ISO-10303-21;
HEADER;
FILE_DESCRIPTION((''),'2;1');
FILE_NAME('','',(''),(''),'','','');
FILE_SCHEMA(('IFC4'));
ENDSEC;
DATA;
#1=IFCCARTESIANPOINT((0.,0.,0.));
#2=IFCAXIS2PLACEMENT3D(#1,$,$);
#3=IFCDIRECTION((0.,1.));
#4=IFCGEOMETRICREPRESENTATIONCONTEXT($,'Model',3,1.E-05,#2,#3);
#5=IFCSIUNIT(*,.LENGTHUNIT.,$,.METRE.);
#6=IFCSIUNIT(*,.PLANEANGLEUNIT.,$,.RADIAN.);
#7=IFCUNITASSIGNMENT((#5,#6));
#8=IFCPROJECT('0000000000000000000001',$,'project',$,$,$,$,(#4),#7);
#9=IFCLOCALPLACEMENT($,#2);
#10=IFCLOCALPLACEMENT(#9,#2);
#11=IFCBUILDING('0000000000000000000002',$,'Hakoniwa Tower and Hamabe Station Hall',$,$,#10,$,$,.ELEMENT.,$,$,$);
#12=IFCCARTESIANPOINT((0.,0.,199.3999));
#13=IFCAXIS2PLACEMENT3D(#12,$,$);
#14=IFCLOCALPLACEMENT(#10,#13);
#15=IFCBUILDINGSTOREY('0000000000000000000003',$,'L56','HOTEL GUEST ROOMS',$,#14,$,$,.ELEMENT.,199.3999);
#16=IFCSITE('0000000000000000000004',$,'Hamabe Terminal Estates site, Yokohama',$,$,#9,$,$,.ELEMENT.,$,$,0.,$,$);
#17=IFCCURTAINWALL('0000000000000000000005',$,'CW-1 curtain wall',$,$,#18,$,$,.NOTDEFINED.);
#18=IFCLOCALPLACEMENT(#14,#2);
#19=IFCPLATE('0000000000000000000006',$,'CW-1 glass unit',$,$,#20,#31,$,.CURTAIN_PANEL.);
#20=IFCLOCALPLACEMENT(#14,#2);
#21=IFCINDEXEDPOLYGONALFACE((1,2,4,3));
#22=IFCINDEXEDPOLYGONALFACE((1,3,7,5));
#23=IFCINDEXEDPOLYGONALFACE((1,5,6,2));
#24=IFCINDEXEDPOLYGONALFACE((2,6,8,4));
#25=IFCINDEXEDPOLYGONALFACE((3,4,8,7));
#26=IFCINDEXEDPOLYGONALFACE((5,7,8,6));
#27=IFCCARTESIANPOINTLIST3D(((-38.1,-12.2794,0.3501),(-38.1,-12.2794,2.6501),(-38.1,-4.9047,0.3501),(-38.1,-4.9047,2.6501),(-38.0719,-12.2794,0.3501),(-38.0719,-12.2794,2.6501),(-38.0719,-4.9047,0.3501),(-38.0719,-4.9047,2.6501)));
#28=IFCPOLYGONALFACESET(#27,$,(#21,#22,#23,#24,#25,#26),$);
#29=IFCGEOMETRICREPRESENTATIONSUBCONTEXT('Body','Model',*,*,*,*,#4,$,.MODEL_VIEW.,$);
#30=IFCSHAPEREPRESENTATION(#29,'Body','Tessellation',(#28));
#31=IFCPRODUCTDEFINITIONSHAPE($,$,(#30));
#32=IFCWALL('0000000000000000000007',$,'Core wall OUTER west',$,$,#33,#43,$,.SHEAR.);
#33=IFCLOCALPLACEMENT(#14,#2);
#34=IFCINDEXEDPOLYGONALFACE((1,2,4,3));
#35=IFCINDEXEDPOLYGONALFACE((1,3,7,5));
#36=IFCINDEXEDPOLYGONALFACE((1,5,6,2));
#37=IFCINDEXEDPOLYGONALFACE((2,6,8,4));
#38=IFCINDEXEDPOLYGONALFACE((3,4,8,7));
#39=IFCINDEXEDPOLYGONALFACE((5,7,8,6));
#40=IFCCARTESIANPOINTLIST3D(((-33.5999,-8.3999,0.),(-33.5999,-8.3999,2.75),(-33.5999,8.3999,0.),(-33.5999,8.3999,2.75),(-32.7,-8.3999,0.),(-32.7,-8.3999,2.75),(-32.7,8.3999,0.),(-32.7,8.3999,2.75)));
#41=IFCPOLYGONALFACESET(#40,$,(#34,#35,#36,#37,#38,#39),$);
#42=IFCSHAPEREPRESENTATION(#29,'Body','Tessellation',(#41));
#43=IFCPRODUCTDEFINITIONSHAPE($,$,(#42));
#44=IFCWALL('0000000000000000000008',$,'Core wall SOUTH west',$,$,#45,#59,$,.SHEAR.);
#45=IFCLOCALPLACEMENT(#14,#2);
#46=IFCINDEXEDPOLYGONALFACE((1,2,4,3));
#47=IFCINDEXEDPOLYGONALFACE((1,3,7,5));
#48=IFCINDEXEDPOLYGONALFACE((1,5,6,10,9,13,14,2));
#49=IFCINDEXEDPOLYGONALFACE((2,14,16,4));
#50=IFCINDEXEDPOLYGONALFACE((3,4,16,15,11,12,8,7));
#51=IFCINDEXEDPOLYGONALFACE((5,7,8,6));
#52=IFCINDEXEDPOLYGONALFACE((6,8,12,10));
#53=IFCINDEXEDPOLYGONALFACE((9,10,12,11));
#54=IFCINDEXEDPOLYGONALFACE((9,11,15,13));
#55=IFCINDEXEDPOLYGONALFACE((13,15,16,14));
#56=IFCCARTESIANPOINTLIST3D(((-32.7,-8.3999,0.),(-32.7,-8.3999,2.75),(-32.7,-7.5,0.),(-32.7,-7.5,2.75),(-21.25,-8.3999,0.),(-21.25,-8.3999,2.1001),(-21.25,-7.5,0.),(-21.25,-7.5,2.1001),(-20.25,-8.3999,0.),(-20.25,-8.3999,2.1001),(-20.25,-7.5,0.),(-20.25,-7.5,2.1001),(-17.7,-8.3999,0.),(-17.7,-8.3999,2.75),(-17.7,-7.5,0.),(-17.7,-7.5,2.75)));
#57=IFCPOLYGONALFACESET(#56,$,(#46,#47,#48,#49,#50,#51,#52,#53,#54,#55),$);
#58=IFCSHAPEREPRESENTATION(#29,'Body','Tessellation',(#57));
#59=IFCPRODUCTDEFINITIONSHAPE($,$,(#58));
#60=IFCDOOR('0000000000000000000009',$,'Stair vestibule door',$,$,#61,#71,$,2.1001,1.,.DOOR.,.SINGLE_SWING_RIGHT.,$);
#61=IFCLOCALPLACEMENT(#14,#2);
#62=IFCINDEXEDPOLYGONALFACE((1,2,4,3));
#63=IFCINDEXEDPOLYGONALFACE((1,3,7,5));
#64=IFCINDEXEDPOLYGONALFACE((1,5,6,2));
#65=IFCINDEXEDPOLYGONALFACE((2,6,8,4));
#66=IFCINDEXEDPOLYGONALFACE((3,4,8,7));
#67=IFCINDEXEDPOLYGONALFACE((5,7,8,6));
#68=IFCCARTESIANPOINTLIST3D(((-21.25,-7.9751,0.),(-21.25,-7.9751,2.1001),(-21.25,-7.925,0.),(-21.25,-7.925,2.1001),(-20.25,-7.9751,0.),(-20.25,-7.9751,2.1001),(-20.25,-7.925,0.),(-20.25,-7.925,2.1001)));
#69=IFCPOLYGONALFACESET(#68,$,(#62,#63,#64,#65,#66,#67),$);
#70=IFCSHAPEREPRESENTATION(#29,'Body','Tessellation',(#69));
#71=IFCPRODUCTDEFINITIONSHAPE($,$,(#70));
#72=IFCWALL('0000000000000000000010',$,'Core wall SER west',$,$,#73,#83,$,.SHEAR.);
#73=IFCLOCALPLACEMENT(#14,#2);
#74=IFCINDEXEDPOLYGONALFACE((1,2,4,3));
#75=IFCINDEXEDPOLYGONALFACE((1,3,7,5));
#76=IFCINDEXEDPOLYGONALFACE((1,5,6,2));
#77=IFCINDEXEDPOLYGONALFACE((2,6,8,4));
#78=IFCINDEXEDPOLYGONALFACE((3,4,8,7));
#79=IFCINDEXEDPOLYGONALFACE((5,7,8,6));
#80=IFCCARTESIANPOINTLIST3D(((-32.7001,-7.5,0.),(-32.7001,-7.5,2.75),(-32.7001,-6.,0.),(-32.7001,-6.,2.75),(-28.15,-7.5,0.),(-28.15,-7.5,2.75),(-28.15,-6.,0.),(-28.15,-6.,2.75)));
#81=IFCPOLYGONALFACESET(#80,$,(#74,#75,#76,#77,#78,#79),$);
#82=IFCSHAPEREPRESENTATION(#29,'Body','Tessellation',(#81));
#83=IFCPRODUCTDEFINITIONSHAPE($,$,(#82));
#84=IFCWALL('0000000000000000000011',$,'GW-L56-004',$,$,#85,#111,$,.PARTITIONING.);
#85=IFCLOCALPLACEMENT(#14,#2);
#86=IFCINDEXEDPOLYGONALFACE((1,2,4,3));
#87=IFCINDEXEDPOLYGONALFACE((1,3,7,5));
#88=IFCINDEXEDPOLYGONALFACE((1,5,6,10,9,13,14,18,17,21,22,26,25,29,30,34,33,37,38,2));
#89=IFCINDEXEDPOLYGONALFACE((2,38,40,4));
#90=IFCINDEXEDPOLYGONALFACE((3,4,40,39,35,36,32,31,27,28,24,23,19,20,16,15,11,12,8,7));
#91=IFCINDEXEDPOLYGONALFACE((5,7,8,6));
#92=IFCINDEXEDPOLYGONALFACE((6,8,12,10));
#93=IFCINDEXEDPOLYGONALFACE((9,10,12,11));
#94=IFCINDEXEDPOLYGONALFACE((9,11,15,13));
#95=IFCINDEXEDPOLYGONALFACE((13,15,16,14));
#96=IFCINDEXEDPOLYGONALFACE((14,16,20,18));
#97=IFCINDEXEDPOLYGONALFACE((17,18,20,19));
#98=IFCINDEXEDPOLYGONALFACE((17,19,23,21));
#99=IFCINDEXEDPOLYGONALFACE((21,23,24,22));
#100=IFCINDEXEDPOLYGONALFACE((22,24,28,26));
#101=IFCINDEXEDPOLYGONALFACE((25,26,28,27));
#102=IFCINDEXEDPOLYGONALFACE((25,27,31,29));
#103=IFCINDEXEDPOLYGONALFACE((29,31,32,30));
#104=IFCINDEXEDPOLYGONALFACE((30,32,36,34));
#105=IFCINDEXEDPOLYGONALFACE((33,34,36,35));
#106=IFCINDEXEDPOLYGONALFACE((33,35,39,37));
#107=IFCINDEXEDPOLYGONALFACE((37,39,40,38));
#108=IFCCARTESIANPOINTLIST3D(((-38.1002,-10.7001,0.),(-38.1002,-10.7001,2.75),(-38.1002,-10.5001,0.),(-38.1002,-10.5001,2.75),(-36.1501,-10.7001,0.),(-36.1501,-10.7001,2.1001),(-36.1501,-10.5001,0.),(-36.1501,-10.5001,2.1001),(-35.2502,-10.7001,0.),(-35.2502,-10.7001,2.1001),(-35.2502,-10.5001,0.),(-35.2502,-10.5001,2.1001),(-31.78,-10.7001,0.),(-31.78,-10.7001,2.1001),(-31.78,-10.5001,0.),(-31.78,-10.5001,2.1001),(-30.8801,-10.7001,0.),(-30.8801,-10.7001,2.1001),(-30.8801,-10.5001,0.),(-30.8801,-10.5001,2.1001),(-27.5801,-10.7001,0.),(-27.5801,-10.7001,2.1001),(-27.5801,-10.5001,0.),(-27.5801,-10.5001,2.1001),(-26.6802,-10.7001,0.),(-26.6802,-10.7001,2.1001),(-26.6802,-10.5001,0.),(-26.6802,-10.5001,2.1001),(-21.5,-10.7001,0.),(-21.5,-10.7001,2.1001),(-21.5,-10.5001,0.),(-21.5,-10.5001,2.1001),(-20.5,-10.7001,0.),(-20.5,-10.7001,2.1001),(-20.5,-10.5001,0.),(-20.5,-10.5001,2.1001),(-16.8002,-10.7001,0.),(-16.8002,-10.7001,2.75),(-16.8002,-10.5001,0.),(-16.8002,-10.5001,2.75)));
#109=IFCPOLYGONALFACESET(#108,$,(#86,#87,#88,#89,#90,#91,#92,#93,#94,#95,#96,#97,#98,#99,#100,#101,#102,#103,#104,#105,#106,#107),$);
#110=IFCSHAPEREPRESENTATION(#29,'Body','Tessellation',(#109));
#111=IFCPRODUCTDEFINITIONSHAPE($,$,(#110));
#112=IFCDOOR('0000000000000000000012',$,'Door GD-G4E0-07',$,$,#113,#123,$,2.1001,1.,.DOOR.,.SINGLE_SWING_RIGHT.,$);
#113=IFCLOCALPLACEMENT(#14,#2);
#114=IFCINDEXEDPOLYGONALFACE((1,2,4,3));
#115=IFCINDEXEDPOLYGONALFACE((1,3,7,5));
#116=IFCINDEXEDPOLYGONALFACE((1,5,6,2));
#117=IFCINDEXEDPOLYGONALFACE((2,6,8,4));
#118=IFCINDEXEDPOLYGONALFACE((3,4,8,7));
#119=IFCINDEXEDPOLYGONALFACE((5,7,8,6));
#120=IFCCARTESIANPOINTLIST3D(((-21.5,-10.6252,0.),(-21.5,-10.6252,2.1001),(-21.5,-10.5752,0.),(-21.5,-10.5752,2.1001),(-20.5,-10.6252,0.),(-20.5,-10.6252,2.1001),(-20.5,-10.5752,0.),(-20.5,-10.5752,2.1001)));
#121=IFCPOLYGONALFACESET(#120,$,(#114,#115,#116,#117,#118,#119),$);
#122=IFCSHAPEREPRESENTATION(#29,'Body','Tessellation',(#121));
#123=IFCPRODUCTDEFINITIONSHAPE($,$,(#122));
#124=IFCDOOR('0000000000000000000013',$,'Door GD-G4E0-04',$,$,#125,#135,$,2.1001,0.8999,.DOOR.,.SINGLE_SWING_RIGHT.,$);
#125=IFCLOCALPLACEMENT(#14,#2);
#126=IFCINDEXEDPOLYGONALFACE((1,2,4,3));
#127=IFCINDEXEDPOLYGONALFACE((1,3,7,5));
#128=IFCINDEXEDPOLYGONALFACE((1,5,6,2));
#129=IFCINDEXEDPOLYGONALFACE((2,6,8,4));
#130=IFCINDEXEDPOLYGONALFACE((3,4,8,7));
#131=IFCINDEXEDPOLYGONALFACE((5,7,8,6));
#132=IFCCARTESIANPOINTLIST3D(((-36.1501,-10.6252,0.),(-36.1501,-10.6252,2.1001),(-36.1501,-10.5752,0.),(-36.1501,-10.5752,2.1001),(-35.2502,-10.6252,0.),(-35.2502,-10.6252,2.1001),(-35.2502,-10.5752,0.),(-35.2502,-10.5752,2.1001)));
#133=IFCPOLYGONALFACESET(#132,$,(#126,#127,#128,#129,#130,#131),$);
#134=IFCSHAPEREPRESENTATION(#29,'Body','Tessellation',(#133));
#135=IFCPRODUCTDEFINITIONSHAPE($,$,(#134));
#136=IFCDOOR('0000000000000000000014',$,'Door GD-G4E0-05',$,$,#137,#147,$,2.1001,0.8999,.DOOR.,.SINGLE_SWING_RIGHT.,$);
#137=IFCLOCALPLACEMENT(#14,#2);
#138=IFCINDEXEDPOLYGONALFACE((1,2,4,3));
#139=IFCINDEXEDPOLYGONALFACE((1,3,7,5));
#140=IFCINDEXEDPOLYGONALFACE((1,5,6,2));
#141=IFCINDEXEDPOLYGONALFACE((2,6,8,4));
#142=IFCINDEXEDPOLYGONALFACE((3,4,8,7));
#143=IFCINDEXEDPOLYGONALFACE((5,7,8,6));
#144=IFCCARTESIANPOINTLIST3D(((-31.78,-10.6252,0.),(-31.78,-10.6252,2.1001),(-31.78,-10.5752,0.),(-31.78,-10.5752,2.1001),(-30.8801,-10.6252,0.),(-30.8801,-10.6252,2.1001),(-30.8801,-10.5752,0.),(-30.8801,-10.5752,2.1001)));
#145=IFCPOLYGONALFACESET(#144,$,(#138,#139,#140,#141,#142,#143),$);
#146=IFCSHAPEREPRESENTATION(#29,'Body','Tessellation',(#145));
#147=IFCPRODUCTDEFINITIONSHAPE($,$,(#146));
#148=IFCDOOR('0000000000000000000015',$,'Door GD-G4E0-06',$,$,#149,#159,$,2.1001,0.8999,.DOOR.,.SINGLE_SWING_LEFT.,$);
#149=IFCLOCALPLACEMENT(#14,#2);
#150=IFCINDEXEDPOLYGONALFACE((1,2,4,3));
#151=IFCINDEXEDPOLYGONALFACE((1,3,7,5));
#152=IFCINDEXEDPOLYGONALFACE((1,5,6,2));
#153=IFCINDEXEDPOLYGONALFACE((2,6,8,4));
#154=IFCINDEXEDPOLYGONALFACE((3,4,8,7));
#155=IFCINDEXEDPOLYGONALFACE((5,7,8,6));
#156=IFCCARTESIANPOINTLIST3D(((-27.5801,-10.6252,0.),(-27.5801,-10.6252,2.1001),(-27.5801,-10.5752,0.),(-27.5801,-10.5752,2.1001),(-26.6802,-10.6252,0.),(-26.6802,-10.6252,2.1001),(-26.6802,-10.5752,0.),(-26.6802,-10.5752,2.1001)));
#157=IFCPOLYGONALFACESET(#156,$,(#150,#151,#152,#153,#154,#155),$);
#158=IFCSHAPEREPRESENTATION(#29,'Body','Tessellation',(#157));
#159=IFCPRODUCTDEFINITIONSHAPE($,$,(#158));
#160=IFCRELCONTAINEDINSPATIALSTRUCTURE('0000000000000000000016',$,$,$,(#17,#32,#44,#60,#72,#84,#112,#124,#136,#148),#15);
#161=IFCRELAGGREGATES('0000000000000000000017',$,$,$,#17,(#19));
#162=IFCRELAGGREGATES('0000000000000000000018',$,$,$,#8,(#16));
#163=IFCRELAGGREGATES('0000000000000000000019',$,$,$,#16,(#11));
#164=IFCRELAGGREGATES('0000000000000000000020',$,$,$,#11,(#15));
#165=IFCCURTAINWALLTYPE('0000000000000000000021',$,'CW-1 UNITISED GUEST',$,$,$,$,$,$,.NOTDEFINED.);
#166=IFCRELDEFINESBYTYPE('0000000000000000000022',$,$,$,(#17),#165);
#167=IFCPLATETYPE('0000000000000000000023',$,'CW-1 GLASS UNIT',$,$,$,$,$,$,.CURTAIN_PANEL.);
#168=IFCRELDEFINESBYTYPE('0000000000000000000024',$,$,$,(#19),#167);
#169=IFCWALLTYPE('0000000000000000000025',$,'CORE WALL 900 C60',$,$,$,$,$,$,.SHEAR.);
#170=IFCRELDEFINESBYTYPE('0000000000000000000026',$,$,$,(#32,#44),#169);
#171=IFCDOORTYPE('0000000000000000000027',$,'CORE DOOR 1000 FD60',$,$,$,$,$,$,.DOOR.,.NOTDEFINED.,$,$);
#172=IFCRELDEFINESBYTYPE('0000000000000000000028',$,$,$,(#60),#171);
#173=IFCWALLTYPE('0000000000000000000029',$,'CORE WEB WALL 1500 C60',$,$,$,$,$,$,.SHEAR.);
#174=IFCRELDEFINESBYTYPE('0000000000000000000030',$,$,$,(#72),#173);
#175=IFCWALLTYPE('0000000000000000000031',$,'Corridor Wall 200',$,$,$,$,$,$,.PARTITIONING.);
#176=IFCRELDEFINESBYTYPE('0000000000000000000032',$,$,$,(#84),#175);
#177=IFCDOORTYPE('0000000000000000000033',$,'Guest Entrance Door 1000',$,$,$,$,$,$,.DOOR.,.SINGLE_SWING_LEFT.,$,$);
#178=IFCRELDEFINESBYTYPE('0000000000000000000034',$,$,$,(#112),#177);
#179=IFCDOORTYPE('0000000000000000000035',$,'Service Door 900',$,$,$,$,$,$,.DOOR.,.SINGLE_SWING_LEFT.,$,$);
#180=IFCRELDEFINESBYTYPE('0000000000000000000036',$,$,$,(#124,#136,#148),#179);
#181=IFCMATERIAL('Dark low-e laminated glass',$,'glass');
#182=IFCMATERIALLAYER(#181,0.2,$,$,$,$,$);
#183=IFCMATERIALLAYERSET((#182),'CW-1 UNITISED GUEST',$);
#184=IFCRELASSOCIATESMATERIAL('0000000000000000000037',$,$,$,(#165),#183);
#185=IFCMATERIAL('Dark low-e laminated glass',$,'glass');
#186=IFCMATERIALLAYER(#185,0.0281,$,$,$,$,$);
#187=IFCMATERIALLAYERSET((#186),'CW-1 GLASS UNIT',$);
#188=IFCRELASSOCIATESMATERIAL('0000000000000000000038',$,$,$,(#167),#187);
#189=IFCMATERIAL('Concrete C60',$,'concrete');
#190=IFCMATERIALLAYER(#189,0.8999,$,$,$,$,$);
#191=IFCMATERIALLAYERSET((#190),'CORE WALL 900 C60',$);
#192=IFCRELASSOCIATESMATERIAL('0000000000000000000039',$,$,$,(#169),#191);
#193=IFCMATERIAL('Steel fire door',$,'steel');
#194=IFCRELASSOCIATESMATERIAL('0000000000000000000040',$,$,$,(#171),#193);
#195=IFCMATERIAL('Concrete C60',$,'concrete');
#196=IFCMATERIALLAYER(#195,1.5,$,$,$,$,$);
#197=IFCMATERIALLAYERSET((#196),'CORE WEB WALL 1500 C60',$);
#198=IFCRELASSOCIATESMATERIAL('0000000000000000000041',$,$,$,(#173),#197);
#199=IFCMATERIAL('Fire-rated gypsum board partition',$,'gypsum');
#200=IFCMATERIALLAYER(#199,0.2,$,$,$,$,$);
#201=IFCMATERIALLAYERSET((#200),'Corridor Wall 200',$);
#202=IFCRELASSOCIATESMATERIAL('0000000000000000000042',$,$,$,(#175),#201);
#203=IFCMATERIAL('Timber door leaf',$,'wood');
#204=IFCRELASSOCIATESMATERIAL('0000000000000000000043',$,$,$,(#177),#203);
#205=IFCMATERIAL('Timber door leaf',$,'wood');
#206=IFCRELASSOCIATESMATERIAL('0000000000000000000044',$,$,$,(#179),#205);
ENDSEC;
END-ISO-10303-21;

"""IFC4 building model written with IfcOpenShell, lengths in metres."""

from ifc_helpers import new_model, si_unit, direction, frame, frame_2d, origin, origin_2d, place, context, subcontext, project, spatial, rectangle, extrude, material, layer, layer_set, type_object, element, fill, aggregate, save


model = new_model("IFC4")

# Units and contexts
model_context = context("Model", 3, precision=1e-05, world=origin(), true_north=direction((0.0, 1.0)))
body_context = subcontext(model_context, "Body", "Model", "MODEL_VIEW")
ifc_project = project(units=[si_unit("LENGTHUNIT", "METRE"), si_unit("PLANEANGLEUNIT", "RADIAN")], contexts=[model_context])

# Site, building, storey
site_placement = place(None, origin())
site = spatial("IfcSite", under=ifc_project, at=site_placement, Name="Hamabe Terminal Estates site, Yokohama", CompositionType="ELEMENT", RefElevation=0.0)
building_placement = place(site_placement, origin())
building = spatial("IfcBuilding", under=site, at=building_placement, Name="Hakoniwa Tower and Hamabe Station Hall", CompositionType="ELEMENT")
storey_placement = place(building_placement, frame((0.0, 0.0, 199.3999)))
storey = spatial("IfcBuildingStorey", under=building, at=storey_placement, Name="L56", Description="HOTEL GUEST ROOMS", CompositionType="ELEMENT", Elevation=199.3999)

# Curtain wall
ifc_material_1 = material(Name="Dark low-e laminated glass", Category="glass")
ifc_layer_1 = layer(ifc_material_1, 0.2)
ifc_layer_set_1 = layer_set([ifc_layer_1], Name="CW-1 UNITISED GUEST")
curtain_wall_type = type_object("IfcCurtainWallType", Name="CW-1 UNITISED GUEST", PredefinedType="NOTDEFINED", material=ifc_layer_set_1)
curtain_wall_1_placement = place(storey_placement, origin())
curtain_wall_1 = element("IfcCurtainWall", 1, at=curtain_wall_1_placement, inside=storey, type_object=curtain_wall_type, Name="CW-1 curtain wall", PredefinedType="NOTDEFINED")

# Plate
ifc_material_2 = material(Name="Dark low-e laminated glass", Category="glass")
ifc_layer_2 = layer(ifc_material_2, 0.0281)
ifc_layer_set_2 = layer_set([ifc_layer_2], Name="CW-1 GLASS UNIT")
plate_type = type_object("IfcPlateType", Name="CW-1 GLASS UNIT", PredefinedType="CURTAIN_PANEL", material=ifc_layer_set_2)
plate_1_placement = place(storey_placement, frame((-38.0859, -8.592, 0.3501), z_axis=(0.0, 0.0, 1.0), x_axis=(0.0, -1.0, 0.0)))
plate_1 = element("IfcPlate", 2, at=plate_1_placement, type_object=plate_type, Name="CW-1 glass unit", PredefinedType="CURTAIN_PANEL", context=body_context, shape_type="SweptSolid", body=[
    extrude(rectangle(XDim=7.3748, YDim=0.0281, at=origin_2d()), origin(), (0.0, 0.0, 1.0), 2.3),
])
aggregate(curtain_wall_1, [plate_1])

# Wall
ifc_material_3 = material(Name="Concrete C60", Category="concrete")
ifc_layer_3 = layer(ifc_material_3, 0.8999)
ifc_layer_set_3 = layer_set([ifc_layer_3], Name="CORE WALL 900 C60")
wall_type_1 = type_object("IfcWallType", Name="CORE WALL 900 C60", PredefinedType="SHEAR", material=ifc_layer_set_3)
wall_1_placement = place(storey_placement, frame((-33.1499, -8.3999, 0.0), z_axis=(0.0, 0.0, 1.0), x_axis=(0.0, 1.0, 0.0)))
element("IfcWall", 3, at=wall_1_placement, inside=storey, type_object=wall_type_1, Name="Core wall OUTER west", PredefinedType="SHEAR", context=body_context, shape_type="SweptSolid", body=[
    extrude(rectangle(XDim=16.7998, YDim=0.8999, at=frame_2d((8.3999, 0.0))), origin(), (0.0, 0.0, 1.0), 2.75),
])

# Wall, opening, door
wall_2_placement = place(storey_placement, frame((-32.7, -7.95, 0.0), z_axis=(0.0, 0.0, 1.0), x_axis=(1.0, 0.0, 0.0)))
wall_2 = element("IfcWall", 4, at=wall_2_placement, inside=storey, type_object=wall_type_1, Name="Core wall SOUTH west", PredefinedType="SHEAR", context=body_context, shape_type="SweptSolid", body=[
    extrude(rectangle(XDim=15.0, YDim=0.8999, at=frame_2d((7.5, 0.0))), origin(), (0.0, 0.0, 1.0), 2.75),
])
opening_1_placement = place(wall_2_placement, frame((11.45, 0.0, 0.0)))
opening_1 = element("IfcOpeningElement", 5, at=opening_1_placement, cuts=wall_2, PredefinedType="OPENING", context=body_context, shape_type="SweptSolid", body=[
    extrude(rectangle(XDim=1.0, YDim=2.1001, at=frame_2d((0.5, 1.05))), frame((0.0, 0.46, 0.0), z_axis=(0.0, -1.0, 0.0), x_axis=(1.0, 0.0, 0.0)), (0.0, 0.0, 1.0), 0.9199),
])
ifc_material_4 = material(Name="Steel fire door", Category="steel")
door_type_1 = type_object("IfcDoorType", Name="CORE DOOR 1000 FD60", OperationType="NOTDEFINED", PredefinedType="DOOR", material=ifc_material_4)
door_1_placement = place(opening_1_placement, origin())
door_1 = element("IfcDoor", 6, at=door_1_placement, inside=storey, type_object=door_type_1, Name="Stair vestibule door", OperationType="SINGLE_SWING_RIGHT", OverallHeight=2.1001, OverallWidth=1.0, PredefinedType="DOOR", context=body_context, shape_type="SweptSolid", body=[
    extrude(rectangle(XDim=1.0, YDim=2.1001, at=frame_2d((0.5, 1.05))), frame((0.0, 0.0249, 0.0), z_axis=(0.0, -1.0, 0.0), x_axis=(1.0, 0.0, 0.0)), (0.0, 0.0, 1.0), 0.05),
])
fill(opening_1, door_1)

# Wall
ifc_material_5 = material(Name="Concrete C60", Category="concrete")
ifc_layer_4 = layer(ifc_material_5, 1.5)
ifc_layer_set_4 = layer_set([ifc_layer_4], Name="CORE WEB WALL 1500 C60")
wall_type_2 = type_object("IfcWallType", Name="CORE WEB WALL 1500 C60", PredefinedType="SHEAR", material=ifc_layer_set_4)
wall_3_placement = place(storey_placement, frame((-32.7, -6.75, 0.0), z_axis=(0.0, 0.0, 1.0), x_axis=(1.0, 0.0, 0.0)))
element("IfcWall", 7, at=wall_3_placement, inside=storey, type_object=wall_type_2, Name="Core wall SER west", PredefinedType="SHEAR", context=body_context, shape_type="SweptSolid", body=[
    extrude(rectangle(XDim=4.55, YDim=1.5, at=frame_2d((2.2749, 0.0))), origin(), (0.0, 0.0, 1.0), 2.75),
])

# Wall, openings, doors
ifc_material_6 = material(Name="Fire-rated gypsum board partition", Category="gypsum")
ifc_layer_5 = layer(ifc_material_6, 0.2)
ifc_layer_set_5 = layer_set([ifc_layer_5], Name="Corridor Wall 200")
wall_type_3 = type_object("IfcWallType", Name="Corridor Wall 200", PredefinedType="PARTITIONING", material=ifc_layer_set_5)
wall_4_placement = place(storey_placement, frame((-38.1001, -10.6001, 0.0), z_axis=(0.0, 0.0, 1.0), x_axis=(1.0, 0.0, 0.0)))
wall_4 = element("IfcWall", 8, at=wall_4_placement, inside=storey, type_object=wall_type_3, Name="GW-L56-004", PredefinedType="PARTITIONING", context=body_context, shape_type="SweptSolid", body=[
    extrude(rectangle(XDim=21.3, YDim=0.2, at=frame_2d((10.6499, 0.0))), origin(), (0.0, 0.0, 1.0), 2.75),
])
opening_2_placement = place(wall_4_placement, frame((1.95, 0.0, 0.0)))
opening_2 = element("IfcOpeningElement", 9, at=opening_2_placement, cuts=wall_4, PredefinedType="OPENING", context=body_context, shape_type="SweptSolid", body=[
    extrude(rectangle(XDim=0.8999, YDim=2.1001, at=frame_2d((0.45, 1.05))), frame((0.0, 0.1099, 0.0), z_axis=(0.0, -1.0, 0.0), x_axis=(1.0, 0.0, 0.0)), (0.0, 0.0, 1.0), 0.22),
])
opening_3_placement = place(wall_4_placement, frame((6.3201, 0.0, 0.0)))
opening_3 = element("IfcOpeningElement", 10, at=opening_3_placement, cuts=wall_4, PredefinedType="OPENING", context=body_context, shape_type="SweptSolid", body=[
    extrude(rectangle(XDim=0.8999, YDim=2.1001, at=frame_2d((0.45, 1.05))), frame((0.0, 0.1099, 0.0), z_axis=(0.0, -1.0, 0.0), x_axis=(1.0, 0.0, 0.0)), (0.0, 0.0, 1.0), 0.22),
])
opening_4_placement = place(wall_4_placement, frame((10.52, 0.0, 0.0)))
opening_4 = element("IfcOpeningElement", 11, at=opening_4_placement, cuts=wall_4, PredefinedType="OPENING", context=body_context, shape_type="SweptSolid", body=[
    extrude(rectangle(XDim=0.8999, YDim=2.1001, at=frame_2d((0.45, 1.05))), frame((0.0, 0.1099, 0.0), z_axis=(0.0, -1.0, 0.0), x_axis=(1.0, 0.0, 0.0)), (0.0, 0.0, 1.0), 0.22),
])
opening_5_placement = place(wall_4_placement, frame((16.6001, 0.0, 0.0)))
opening_5 = element("IfcOpeningElement", 12, at=opening_5_placement, cuts=wall_4, PredefinedType="OPENING", context=body_context, shape_type="SweptSolid", body=[
    extrude(rectangle(XDim=1.0, YDim=2.1001, at=frame_2d((0.5, 1.05))), frame((0.0, 0.1099, 0.0), z_axis=(0.0, -1.0, 0.0), x_axis=(1.0, 0.0, 0.0)), (0.0, 0.0, 1.0), 0.22),
])
ifc_material_7 = material(Name="Timber door leaf", Category="wood")
door_type_2 = type_object("IfcDoorType", Name="Guest Entrance Door 1000", OperationType="SINGLE_SWING_LEFT", PredefinedType="DOOR", material=ifc_material_7)
door_2_placement = place(opening_5_placement, origin())
door_2 = element("IfcDoor", 13, at=door_2_placement, inside=storey, type_object=door_type_2, Name="Door GD-G4E0-07", OperationType="SINGLE_SWING_RIGHT", OverallHeight=2.1001, OverallWidth=1.0, PredefinedType="DOOR", context=body_context, shape_type="SweptSolid", body=[
    extrude(rectangle(XDim=1.0, YDim=2.1001, at=frame_2d((0.5, 1.05))), frame((0.0, 0.0249, 0.0), z_axis=(0.0, -1.0, 0.0), x_axis=(1.0, 0.0, 0.0)), (0.0, 0.0, 1.0), 0.05),
])
fill(opening_5, door_2)
ifc_material_8 = material(Name="Timber door leaf", Category="wood")
door_type_3 = type_object("IfcDoorType", Name="Service Door 900", OperationType="SINGLE_SWING_LEFT", PredefinedType="DOOR", material=ifc_material_8)
door_3_placement = place(opening_2_placement, origin())
door_3 = element("IfcDoor", 14, at=door_3_placement, inside=storey, type_object=door_type_3, Name="Door GD-G4E0-04", OperationType="SINGLE_SWING_RIGHT", OverallHeight=2.1001, OverallWidth=0.8999, PredefinedType="DOOR", context=body_context, shape_type="SweptSolid", body=[
    extrude(rectangle(XDim=0.8999, YDim=2.1001, at=frame_2d((0.45, 1.05))), frame((0.0, 0.0249, 0.0), z_axis=(0.0, -1.0, 0.0), x_axis=(1.0, 0.0, 0.0)), (0.0, 0.0, 1.0), 0.05),
])
fill(opening_2, door_3)
door_4_placement = place(opening_3_placement, origin())
door_4 = element("IfcDoor", 15, at=door_4_placement, inside=storey, type_object=door_type_3, Name="Door GD-G4E0-05", OperationType="SINGLE_SWING_RIGHT", OverallHeight=2.1001, OverallWidth=0.8999, PredefinedType="DOOR", context=body_context, shape_type="SweptSolid", body=[
    extrude(rectangle(XDim=0.8999, YDim=2.1001, at=frame_2d((0.45, 1.05))), frame((0.0, 0.0249, 0.0), z_axis=(0.0, -1.0, 0.0), x_axis=(1.0, 0.0, 0.0)), (0.0, 0.0, 1.0), 0.05),
])
fill(opening_3, door_4)
door_5_placement = place(opening_4_placement, origin())
door_5 = element("IfcDoor", 16, at=door_5_placement, inside=storey, type_object=door_type_3, Name="Door GD-G4E0-06", OperationType="SINGLE_SWING_LEFT", OverallHeight=2.1001, OverallWidth=0.8999, PredefinedType="DOOR", context=body_context, shape_type="SweptSolid", body=[
    extrude(rectangle(XDim=0.8999, YDim=2.1001, at=frame_2d((0.45, 1.05))), frame((0.0, 0.0249, 0.0), z_axis=(0.0, -1.0, 0.0), x_axis=(1.0, 0.0, 0.0)), (0.0, 0.0, 1.0), 0.05),
])
fill(opening_4, door_5)

save(model, "model.ifc")
